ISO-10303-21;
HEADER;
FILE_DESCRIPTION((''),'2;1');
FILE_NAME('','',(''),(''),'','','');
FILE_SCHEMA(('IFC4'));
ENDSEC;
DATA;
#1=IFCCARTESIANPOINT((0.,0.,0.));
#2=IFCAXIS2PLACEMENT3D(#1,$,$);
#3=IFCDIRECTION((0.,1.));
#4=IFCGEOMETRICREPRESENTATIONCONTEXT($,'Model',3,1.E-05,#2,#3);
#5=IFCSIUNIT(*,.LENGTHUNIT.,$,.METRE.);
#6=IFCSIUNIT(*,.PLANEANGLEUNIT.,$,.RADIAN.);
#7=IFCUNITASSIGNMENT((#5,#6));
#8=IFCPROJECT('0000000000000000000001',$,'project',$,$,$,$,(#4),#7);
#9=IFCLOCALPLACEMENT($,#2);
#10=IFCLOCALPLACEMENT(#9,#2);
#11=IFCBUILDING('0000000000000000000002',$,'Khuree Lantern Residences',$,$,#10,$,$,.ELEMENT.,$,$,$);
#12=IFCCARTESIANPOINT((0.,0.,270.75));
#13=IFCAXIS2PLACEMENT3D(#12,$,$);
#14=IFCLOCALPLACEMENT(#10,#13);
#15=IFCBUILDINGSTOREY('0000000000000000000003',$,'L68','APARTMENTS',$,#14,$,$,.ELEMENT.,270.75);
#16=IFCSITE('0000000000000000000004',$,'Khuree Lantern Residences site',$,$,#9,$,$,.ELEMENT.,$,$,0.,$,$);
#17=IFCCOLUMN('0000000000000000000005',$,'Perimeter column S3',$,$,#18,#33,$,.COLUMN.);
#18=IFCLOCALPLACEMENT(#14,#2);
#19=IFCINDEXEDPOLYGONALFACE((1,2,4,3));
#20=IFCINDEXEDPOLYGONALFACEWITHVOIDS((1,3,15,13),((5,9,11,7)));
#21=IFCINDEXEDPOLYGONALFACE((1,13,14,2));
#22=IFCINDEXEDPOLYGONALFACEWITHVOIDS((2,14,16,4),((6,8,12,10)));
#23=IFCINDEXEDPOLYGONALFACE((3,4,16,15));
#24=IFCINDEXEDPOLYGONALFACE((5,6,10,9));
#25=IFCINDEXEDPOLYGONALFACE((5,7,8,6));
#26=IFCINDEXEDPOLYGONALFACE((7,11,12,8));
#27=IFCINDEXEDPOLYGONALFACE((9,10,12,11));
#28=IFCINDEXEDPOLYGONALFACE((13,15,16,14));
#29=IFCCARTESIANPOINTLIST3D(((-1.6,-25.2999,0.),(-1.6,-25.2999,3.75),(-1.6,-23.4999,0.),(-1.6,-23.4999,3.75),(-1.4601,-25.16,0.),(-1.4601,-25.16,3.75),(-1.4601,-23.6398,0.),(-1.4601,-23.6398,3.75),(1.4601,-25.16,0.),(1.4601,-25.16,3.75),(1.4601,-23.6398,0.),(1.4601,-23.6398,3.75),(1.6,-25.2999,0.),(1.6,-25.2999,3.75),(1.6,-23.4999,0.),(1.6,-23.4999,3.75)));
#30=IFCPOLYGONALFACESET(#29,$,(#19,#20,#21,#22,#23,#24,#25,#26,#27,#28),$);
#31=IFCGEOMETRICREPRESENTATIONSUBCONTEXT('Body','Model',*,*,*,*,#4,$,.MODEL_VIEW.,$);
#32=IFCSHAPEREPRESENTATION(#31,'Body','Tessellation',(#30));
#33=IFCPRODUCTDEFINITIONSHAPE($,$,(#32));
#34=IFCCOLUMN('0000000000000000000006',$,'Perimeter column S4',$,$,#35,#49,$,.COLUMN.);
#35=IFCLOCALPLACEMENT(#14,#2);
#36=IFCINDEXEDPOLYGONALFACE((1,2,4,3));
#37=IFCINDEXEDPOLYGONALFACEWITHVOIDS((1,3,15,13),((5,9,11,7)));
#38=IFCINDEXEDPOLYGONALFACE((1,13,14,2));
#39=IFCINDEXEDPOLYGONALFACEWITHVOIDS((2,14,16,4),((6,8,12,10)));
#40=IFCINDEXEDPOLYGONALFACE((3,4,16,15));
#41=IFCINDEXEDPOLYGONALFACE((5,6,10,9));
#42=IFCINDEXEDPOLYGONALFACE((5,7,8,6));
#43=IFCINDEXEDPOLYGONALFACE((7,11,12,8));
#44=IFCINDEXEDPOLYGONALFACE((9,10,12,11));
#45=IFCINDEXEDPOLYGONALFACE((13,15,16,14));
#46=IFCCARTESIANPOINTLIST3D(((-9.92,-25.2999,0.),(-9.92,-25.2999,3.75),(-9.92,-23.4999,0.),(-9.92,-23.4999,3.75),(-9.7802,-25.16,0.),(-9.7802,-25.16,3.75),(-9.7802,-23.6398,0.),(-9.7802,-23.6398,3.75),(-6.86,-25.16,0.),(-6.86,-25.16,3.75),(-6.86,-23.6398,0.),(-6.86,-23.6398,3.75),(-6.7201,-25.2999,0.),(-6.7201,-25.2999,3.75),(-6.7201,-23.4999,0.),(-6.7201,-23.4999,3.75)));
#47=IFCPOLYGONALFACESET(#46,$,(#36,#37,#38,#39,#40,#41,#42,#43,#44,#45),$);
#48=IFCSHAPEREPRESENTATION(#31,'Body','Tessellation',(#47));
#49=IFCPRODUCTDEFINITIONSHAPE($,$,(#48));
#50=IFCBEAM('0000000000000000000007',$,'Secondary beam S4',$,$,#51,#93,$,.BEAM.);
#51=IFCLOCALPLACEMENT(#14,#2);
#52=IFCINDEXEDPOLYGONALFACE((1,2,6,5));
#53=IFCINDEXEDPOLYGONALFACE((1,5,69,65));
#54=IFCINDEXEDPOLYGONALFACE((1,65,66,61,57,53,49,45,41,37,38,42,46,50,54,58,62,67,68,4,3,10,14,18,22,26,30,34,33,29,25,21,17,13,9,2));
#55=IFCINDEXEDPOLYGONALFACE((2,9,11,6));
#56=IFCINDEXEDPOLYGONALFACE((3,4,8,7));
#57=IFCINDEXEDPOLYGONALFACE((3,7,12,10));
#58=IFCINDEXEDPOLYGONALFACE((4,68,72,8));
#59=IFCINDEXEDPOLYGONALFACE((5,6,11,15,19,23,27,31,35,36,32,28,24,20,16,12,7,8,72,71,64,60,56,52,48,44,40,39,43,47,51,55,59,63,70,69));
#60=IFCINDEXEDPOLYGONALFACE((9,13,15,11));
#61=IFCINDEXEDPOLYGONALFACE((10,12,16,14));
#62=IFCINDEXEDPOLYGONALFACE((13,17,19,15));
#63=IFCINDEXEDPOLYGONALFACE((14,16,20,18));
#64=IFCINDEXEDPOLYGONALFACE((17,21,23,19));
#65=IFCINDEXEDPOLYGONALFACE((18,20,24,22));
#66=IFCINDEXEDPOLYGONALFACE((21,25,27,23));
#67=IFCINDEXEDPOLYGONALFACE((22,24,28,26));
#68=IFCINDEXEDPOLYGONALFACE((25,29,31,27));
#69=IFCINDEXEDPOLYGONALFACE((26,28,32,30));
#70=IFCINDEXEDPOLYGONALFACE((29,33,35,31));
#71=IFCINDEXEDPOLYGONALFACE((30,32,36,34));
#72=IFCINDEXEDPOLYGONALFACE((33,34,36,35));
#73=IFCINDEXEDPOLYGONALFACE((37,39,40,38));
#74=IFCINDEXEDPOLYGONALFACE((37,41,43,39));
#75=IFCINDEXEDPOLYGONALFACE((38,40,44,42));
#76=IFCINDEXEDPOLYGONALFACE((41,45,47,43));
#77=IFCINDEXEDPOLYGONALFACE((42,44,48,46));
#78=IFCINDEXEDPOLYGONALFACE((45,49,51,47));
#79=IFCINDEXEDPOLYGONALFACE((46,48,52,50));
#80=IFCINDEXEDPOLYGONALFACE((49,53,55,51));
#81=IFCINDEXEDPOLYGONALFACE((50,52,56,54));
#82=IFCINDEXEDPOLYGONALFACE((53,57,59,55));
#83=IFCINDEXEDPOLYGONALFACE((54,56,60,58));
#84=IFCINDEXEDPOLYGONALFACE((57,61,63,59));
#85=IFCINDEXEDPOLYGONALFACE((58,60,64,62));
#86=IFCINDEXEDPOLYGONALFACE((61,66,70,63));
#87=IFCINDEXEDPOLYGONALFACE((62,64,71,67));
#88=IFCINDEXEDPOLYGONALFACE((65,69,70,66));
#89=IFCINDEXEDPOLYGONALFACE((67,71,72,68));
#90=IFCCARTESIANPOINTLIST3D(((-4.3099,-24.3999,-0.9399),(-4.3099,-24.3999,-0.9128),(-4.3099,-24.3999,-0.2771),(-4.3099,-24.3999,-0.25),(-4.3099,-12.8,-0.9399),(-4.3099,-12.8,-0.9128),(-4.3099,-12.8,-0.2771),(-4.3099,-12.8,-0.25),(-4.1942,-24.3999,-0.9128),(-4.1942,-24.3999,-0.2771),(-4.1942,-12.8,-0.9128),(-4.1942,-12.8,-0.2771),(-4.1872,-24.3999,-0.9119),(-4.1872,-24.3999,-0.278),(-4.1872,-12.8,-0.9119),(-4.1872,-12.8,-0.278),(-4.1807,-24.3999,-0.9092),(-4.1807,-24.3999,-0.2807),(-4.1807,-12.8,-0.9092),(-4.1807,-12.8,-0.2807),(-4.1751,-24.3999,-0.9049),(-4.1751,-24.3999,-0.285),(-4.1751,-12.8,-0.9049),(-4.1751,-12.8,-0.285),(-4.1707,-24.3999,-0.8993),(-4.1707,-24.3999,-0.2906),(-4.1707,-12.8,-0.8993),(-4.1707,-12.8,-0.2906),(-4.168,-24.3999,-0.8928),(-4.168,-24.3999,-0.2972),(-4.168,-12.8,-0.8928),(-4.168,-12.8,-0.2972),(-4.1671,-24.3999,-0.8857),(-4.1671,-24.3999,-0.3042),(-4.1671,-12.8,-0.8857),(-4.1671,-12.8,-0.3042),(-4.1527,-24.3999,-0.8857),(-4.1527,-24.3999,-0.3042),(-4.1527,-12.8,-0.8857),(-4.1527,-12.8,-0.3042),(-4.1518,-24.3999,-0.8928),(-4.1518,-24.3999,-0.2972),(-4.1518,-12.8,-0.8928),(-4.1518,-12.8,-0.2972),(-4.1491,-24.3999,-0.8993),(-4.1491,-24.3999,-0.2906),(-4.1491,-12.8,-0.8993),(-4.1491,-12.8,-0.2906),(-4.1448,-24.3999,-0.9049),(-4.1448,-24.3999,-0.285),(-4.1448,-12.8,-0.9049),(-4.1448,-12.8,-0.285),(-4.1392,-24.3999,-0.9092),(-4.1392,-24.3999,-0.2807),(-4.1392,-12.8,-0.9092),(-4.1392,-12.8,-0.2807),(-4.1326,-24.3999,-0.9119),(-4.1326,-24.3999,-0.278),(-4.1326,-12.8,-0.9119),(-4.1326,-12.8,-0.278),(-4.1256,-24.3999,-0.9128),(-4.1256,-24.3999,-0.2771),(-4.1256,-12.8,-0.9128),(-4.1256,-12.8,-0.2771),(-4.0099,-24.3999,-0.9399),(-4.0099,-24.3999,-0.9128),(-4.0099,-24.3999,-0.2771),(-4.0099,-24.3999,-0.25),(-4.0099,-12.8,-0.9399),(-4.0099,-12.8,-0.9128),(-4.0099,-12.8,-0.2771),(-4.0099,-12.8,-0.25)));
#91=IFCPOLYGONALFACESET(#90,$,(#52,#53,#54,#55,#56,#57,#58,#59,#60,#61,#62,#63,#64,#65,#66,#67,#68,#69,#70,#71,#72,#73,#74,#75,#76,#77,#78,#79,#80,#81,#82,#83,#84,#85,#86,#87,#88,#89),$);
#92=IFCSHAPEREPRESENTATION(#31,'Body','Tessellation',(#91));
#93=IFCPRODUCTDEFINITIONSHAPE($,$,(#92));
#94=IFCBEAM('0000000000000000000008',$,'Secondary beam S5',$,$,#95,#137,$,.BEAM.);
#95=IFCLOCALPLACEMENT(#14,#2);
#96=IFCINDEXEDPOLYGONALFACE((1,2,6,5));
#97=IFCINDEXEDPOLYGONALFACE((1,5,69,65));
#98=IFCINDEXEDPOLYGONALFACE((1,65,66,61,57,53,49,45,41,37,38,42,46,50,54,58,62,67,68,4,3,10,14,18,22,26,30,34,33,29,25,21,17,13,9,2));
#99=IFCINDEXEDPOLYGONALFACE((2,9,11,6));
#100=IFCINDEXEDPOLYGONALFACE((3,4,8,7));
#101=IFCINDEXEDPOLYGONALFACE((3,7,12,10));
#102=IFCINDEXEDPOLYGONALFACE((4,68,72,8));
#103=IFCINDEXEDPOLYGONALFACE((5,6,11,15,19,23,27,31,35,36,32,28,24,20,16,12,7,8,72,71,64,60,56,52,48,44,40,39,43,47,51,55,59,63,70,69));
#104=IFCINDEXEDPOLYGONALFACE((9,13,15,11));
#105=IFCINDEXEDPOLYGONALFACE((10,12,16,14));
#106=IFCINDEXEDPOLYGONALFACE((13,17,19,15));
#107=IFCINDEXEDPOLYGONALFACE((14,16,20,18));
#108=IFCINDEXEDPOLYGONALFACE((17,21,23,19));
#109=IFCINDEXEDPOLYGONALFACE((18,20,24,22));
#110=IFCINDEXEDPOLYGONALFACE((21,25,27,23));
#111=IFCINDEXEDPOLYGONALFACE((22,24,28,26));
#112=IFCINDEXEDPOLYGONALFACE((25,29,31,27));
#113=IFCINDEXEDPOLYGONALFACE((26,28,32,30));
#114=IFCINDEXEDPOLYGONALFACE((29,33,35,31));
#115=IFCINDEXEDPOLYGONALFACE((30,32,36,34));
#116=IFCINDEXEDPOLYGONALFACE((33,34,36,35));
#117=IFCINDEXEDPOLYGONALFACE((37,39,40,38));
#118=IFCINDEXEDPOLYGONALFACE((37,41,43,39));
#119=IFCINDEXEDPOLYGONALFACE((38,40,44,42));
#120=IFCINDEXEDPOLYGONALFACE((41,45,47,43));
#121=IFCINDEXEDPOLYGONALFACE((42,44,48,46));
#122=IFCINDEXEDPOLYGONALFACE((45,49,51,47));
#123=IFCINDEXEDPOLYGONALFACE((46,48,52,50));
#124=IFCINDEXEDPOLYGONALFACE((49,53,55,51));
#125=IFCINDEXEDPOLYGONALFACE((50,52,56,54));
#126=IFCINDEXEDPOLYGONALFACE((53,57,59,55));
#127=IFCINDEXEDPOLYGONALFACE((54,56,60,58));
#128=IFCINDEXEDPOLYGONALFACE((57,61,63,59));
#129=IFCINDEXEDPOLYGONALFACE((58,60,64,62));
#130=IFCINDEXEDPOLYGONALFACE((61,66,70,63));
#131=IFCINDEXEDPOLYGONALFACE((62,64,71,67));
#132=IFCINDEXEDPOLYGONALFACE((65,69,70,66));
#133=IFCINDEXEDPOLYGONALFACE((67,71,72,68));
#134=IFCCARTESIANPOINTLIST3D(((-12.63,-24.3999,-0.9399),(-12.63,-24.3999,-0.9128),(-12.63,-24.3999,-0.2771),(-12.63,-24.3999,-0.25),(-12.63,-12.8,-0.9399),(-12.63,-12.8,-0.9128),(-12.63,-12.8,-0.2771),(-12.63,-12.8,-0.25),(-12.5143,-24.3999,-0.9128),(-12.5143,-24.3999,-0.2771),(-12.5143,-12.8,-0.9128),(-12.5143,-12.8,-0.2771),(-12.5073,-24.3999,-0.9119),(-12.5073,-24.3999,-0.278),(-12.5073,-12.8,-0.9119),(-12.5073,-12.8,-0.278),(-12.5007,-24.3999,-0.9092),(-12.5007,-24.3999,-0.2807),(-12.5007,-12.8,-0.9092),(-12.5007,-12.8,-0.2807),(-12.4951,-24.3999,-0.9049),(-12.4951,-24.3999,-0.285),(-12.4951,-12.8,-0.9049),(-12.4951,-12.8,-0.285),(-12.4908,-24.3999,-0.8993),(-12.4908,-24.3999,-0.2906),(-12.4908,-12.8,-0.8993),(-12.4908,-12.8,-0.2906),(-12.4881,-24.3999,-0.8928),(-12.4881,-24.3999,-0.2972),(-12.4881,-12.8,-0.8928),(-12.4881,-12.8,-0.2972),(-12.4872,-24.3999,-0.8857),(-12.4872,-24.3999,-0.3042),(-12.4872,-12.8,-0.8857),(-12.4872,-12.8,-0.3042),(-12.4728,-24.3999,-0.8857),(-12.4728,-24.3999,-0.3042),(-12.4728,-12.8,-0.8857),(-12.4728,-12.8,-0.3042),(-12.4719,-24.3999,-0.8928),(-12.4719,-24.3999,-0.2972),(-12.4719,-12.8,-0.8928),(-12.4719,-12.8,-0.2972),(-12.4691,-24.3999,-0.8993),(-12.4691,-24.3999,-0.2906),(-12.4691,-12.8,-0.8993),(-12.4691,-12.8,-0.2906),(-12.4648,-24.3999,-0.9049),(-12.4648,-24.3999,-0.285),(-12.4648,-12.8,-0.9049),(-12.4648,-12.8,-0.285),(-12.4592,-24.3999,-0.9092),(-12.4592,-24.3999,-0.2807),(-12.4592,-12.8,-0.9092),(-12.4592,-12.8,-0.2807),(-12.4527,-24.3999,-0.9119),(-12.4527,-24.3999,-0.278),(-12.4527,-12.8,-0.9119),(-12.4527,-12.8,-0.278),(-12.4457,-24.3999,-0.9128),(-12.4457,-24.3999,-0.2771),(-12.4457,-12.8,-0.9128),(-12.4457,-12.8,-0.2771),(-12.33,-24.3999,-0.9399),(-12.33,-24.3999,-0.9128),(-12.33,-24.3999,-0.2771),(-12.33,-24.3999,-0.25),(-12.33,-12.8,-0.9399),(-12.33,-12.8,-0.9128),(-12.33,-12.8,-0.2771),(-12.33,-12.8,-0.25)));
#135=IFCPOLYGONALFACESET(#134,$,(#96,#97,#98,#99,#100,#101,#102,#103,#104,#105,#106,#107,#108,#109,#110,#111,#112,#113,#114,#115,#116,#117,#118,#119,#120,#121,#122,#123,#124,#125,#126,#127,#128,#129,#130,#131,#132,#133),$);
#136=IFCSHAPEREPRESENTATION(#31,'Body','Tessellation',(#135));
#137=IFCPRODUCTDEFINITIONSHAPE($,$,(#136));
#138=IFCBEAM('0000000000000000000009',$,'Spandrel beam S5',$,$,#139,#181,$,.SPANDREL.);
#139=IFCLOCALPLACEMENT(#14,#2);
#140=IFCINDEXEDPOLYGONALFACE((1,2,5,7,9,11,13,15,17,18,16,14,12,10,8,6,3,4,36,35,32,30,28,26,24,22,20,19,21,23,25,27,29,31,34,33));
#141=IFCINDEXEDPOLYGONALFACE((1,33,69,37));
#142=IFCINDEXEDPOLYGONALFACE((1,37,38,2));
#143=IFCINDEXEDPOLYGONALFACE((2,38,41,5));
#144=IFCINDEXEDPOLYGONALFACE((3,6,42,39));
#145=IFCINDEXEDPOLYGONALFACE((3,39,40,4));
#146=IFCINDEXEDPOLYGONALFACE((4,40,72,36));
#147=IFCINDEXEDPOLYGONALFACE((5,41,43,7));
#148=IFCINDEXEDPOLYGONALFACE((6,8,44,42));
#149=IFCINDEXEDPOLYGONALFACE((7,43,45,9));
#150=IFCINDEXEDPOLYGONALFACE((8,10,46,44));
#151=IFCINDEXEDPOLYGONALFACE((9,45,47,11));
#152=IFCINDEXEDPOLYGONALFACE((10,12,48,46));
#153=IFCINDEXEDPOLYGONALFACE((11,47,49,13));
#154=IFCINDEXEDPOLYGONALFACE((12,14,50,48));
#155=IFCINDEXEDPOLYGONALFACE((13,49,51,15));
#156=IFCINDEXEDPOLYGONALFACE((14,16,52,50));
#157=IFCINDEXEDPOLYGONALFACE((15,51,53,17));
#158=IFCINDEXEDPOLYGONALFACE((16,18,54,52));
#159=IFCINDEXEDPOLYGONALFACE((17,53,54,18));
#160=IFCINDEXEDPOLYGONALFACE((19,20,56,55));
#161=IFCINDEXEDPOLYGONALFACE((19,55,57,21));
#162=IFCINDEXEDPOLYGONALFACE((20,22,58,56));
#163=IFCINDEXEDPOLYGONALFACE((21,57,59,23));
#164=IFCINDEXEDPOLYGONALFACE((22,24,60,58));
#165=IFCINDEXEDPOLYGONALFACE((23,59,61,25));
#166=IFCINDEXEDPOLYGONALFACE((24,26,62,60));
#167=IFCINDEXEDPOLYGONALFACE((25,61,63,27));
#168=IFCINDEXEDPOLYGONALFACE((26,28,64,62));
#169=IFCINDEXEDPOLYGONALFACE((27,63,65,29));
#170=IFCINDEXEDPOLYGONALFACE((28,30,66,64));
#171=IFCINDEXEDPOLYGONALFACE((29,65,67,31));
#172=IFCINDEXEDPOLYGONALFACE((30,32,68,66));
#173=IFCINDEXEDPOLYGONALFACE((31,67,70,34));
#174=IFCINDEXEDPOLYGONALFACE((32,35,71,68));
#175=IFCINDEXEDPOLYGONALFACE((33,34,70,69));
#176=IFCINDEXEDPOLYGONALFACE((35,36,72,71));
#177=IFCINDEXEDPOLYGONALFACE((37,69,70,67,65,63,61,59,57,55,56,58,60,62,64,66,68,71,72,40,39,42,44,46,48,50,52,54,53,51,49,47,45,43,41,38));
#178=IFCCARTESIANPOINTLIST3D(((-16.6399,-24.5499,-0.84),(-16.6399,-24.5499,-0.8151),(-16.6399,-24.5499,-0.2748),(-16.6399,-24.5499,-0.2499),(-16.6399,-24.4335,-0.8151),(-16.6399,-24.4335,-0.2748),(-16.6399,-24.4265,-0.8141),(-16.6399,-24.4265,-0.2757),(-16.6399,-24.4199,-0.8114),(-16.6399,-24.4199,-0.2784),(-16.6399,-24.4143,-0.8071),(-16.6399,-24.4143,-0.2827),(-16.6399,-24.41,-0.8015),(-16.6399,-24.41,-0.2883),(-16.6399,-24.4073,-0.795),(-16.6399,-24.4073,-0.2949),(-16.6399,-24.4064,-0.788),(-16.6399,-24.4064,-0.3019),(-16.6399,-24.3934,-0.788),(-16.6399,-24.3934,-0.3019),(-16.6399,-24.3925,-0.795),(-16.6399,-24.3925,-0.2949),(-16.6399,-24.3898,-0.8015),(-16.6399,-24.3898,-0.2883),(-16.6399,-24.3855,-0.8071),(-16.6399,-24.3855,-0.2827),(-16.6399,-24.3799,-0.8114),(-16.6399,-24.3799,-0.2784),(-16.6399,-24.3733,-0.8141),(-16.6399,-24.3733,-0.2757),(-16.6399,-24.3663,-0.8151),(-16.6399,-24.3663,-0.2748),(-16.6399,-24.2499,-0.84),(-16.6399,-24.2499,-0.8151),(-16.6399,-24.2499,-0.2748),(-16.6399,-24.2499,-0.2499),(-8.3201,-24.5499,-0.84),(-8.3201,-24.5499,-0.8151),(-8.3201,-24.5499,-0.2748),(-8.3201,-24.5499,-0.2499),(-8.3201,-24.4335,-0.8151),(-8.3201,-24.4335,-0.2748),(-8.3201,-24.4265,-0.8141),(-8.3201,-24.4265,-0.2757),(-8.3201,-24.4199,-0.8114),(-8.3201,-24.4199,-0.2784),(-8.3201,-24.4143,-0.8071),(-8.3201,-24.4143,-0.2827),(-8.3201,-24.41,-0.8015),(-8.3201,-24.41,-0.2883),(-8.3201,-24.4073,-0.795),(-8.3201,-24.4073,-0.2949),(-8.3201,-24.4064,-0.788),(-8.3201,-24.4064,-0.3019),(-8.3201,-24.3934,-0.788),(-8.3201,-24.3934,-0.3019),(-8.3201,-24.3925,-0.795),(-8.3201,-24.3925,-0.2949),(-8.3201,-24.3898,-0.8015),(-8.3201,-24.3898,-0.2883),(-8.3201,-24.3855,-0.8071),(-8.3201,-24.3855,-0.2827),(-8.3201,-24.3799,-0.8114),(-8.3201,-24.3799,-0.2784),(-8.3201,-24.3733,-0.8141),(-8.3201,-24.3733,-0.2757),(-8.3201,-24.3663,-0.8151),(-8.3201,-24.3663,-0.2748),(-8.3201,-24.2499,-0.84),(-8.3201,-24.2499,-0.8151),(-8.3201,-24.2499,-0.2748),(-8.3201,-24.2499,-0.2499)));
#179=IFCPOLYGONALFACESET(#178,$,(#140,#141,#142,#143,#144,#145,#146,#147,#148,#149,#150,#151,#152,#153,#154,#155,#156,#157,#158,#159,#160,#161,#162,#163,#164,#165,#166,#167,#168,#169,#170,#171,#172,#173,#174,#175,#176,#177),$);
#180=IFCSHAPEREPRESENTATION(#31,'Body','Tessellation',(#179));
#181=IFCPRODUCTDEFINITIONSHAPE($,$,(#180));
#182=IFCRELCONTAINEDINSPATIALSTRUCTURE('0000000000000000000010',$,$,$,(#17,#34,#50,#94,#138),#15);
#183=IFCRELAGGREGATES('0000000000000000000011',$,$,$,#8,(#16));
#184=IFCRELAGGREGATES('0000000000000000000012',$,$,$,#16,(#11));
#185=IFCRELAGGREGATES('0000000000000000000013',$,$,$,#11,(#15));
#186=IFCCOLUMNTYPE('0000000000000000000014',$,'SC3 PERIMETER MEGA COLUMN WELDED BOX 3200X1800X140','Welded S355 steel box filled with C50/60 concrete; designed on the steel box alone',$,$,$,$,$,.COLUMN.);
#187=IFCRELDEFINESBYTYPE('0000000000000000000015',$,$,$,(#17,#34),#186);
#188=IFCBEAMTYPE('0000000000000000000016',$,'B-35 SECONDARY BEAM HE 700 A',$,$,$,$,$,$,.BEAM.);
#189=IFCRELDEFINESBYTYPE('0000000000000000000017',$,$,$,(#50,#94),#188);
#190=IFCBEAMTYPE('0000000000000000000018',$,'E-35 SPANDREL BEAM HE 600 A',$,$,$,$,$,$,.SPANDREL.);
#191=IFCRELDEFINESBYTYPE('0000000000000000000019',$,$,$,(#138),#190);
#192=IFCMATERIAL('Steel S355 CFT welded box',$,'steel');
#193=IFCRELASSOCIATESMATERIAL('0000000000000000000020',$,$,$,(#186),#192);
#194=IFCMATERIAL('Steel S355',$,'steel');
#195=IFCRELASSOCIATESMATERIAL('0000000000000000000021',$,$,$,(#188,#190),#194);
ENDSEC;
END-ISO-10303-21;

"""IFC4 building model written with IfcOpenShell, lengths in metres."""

from ifc_helpers import new_model, si_unit, direction, frame, origin, origin_2d, place, context, subcontext, project, spatial, hollow_rectangle, i_section, extrude, material, material_profile, profile_set, type_object, element, save


model = new_model("IFC4")

# Units and contexts
model_context = context("Model", 3, precision=1e-05, world=origin(), true_north=direction((0.0, 1.0)))
body_context = subcontext(model_context, "Body", "Model", "MODEL_VIEW")
ifc_project = project(units=[si_unit("LENGTHUNIT", "METRE"), si_unit("PLANEANGLEUNIT", "RADIAN")], contexts=[model_context])

# Site, building, storey
site_placement = place(None, origin())
site = spatial("IfcSite", under=ifc_project, at=site_placement, Name="Khuree Lantern Residences site", CompositionType="ELEMENT", RefElevation=0.0)
building_placement = place(site_placement, origin())
building = spatial("IfcBuilding", under=site, at=building_placement, Name="Khuree Lantern Residences", CompositionType="ELEMENT")
storey_placement = place(building_placement, frame((0.0, 0.0, 270.75)))
storey = spatial("IfcBuildingStorey", under=building, at=storey_placement, Name="L68", Description="APARTMENTS", CompositionType="ELEMENT", Elevation=270.75)

# Columns
ifc_material_1 = material(Name="Steel S355 CFT welded box", Category="steel")
ifc_material_profile_1 = material_profile(ifc_material_1, hollow_rectangle(XDim=3.2, YDim=1.8, WallThickness=0.1399, at=origin_2d()), Name="WELDED BOX 3200X1800X140")
ifc_profile_set_1 = profile_set([ifc_material_profile_1], Name="Steel S355 CFT welded box")
column_type = type_object("IfcColumnType", Name="SC3 PERIMETER MEGA COLUMN WELDED BOX 3200X1800X140", Description="Welded S355 steel box filled with C50/60 concrete; designed on the steel box alone", PredefinedType="COLUMN", material=ifc_profile_set_1)
for number, where, z_axis, x_axis, name in (
    (1, (0.0, -24.3999, 0.0), (0.0, 0.0, 1.0), (1.0, 0.0, 0.0), "Perimeter column S3"),
    (2, (-8.3201, -24.3999, 0.0), (0.0, 0.0, 1.0), (1.0, 0.0, 0.0), "Perimeter column S4"),
):
    element("IfcColumn", number, at=place(storey_placement, frame(where, z_axis=z_axis, x_axis=x_axis)), inside=storey, type_object=column_type, Name=name, PredefinedType="COLUMN", context=body_context, shape_type="SweptSolid", body=[
        extrude(hollow_rectangle(XDim=3.2, YDim=1.8, WallThickness=0.1399, at=origin_2d()), origin(), (0.0, 0.0, 1.0), 3.75),
    ])

# Beams
ifc_material_2 = material(Name="Steel S355", Category="steel")
ifc_material_profile_2 = material_profile(ifc_material_2, i_section(OverallWidth=0.3, OverallDepth=0.6899, WebThickness=0.0144, FlangeThickness=0.0271, FilletRadius=0.0271, at=origin_2d()), Name="HE 700 A")
ifc_profile_set_2 = profile_set([ifc_material_profile_2], Name="Steel S355")
beam_type_1 = type_object("IfcBeamType", Name="B-35 SECONDARY BEAM HE 700 A", PredefinedType="BEAM", material=ifc_profile_set_2)
for number, where, z_axis, x_axis, name in (
    (3, (-4.1599, -24.3999, -0.595), (0.0, 1.0, 0.0), (-1.0, 0.0, 0.0), "Secondary beam S4"),
    (4, (-12.48, -24.3999, -0.595), (0.0, 1.0, 0.0), (-1.0, 0.0, 0.0), "Secondary beam S5"),
):
    element("IfcBeam", number, at=place(storey_placement, frame(where, z_axis=z_axis, x_axis=x_axis)), inside=storey, type_object=beam_type_1, Name=name, PredefinedType="BEAM", context=body_context, shape_type="SweptSolid", body=[
        extrude(i_section(OverallWidth=0.3, OverallDepth=0.6899, WebThickness=0.0144, FlangeThickness=0.0271, FilletRadius=0.0271, at=origin_2d()), origin(), (0.0, 0.0, 1.0), 11.5999),
    ])
ifc_material_profile_3 = material_profile(ifc_material_2, i_section(OverallWidth=0.3, OverallDepth=0.5901, WebThickness=0.0129, FlangeThickness=0.0249, FilletRadius=0.0271, at=origin_2d()), Name="HE 600 A")
ifc_profile_set_3 = profile_set([ifc_material_profile_3], Name="Steel S355")
beam_type_2 = type_object("IfcBeamType", Name="E-35 SPANDREL BEAM HE 600 A", PredefinedType="SPANDREL", material=ifc_profile_set_3)
beam_1_placement = place(storey_placement, frame((-8.3201, -24.3999, -0.5449), z_axis=(-1.0, 0.0, 0.0), x_axis=(0.0, -1.0, 0.0)))
element("IfcBeam", 5, at=beam_1_placement, inside=storey, type_object=beam_type_2, Name="Spandrel beam S5", PredefinedType="SPANDREL", context=body_context, shape_type="SweptSolid", body=[
    extrude(i_section(OverallWidth=0.3, OverallDepth=0.5901, WebThickness=0.0129, FlangeThickness=0.0249, FilletRadius=0.0271, at=origin_2d()), origin(), (0.0, 0.0, 1.0), 8.3198),
])

save(model, "model.ifc")
